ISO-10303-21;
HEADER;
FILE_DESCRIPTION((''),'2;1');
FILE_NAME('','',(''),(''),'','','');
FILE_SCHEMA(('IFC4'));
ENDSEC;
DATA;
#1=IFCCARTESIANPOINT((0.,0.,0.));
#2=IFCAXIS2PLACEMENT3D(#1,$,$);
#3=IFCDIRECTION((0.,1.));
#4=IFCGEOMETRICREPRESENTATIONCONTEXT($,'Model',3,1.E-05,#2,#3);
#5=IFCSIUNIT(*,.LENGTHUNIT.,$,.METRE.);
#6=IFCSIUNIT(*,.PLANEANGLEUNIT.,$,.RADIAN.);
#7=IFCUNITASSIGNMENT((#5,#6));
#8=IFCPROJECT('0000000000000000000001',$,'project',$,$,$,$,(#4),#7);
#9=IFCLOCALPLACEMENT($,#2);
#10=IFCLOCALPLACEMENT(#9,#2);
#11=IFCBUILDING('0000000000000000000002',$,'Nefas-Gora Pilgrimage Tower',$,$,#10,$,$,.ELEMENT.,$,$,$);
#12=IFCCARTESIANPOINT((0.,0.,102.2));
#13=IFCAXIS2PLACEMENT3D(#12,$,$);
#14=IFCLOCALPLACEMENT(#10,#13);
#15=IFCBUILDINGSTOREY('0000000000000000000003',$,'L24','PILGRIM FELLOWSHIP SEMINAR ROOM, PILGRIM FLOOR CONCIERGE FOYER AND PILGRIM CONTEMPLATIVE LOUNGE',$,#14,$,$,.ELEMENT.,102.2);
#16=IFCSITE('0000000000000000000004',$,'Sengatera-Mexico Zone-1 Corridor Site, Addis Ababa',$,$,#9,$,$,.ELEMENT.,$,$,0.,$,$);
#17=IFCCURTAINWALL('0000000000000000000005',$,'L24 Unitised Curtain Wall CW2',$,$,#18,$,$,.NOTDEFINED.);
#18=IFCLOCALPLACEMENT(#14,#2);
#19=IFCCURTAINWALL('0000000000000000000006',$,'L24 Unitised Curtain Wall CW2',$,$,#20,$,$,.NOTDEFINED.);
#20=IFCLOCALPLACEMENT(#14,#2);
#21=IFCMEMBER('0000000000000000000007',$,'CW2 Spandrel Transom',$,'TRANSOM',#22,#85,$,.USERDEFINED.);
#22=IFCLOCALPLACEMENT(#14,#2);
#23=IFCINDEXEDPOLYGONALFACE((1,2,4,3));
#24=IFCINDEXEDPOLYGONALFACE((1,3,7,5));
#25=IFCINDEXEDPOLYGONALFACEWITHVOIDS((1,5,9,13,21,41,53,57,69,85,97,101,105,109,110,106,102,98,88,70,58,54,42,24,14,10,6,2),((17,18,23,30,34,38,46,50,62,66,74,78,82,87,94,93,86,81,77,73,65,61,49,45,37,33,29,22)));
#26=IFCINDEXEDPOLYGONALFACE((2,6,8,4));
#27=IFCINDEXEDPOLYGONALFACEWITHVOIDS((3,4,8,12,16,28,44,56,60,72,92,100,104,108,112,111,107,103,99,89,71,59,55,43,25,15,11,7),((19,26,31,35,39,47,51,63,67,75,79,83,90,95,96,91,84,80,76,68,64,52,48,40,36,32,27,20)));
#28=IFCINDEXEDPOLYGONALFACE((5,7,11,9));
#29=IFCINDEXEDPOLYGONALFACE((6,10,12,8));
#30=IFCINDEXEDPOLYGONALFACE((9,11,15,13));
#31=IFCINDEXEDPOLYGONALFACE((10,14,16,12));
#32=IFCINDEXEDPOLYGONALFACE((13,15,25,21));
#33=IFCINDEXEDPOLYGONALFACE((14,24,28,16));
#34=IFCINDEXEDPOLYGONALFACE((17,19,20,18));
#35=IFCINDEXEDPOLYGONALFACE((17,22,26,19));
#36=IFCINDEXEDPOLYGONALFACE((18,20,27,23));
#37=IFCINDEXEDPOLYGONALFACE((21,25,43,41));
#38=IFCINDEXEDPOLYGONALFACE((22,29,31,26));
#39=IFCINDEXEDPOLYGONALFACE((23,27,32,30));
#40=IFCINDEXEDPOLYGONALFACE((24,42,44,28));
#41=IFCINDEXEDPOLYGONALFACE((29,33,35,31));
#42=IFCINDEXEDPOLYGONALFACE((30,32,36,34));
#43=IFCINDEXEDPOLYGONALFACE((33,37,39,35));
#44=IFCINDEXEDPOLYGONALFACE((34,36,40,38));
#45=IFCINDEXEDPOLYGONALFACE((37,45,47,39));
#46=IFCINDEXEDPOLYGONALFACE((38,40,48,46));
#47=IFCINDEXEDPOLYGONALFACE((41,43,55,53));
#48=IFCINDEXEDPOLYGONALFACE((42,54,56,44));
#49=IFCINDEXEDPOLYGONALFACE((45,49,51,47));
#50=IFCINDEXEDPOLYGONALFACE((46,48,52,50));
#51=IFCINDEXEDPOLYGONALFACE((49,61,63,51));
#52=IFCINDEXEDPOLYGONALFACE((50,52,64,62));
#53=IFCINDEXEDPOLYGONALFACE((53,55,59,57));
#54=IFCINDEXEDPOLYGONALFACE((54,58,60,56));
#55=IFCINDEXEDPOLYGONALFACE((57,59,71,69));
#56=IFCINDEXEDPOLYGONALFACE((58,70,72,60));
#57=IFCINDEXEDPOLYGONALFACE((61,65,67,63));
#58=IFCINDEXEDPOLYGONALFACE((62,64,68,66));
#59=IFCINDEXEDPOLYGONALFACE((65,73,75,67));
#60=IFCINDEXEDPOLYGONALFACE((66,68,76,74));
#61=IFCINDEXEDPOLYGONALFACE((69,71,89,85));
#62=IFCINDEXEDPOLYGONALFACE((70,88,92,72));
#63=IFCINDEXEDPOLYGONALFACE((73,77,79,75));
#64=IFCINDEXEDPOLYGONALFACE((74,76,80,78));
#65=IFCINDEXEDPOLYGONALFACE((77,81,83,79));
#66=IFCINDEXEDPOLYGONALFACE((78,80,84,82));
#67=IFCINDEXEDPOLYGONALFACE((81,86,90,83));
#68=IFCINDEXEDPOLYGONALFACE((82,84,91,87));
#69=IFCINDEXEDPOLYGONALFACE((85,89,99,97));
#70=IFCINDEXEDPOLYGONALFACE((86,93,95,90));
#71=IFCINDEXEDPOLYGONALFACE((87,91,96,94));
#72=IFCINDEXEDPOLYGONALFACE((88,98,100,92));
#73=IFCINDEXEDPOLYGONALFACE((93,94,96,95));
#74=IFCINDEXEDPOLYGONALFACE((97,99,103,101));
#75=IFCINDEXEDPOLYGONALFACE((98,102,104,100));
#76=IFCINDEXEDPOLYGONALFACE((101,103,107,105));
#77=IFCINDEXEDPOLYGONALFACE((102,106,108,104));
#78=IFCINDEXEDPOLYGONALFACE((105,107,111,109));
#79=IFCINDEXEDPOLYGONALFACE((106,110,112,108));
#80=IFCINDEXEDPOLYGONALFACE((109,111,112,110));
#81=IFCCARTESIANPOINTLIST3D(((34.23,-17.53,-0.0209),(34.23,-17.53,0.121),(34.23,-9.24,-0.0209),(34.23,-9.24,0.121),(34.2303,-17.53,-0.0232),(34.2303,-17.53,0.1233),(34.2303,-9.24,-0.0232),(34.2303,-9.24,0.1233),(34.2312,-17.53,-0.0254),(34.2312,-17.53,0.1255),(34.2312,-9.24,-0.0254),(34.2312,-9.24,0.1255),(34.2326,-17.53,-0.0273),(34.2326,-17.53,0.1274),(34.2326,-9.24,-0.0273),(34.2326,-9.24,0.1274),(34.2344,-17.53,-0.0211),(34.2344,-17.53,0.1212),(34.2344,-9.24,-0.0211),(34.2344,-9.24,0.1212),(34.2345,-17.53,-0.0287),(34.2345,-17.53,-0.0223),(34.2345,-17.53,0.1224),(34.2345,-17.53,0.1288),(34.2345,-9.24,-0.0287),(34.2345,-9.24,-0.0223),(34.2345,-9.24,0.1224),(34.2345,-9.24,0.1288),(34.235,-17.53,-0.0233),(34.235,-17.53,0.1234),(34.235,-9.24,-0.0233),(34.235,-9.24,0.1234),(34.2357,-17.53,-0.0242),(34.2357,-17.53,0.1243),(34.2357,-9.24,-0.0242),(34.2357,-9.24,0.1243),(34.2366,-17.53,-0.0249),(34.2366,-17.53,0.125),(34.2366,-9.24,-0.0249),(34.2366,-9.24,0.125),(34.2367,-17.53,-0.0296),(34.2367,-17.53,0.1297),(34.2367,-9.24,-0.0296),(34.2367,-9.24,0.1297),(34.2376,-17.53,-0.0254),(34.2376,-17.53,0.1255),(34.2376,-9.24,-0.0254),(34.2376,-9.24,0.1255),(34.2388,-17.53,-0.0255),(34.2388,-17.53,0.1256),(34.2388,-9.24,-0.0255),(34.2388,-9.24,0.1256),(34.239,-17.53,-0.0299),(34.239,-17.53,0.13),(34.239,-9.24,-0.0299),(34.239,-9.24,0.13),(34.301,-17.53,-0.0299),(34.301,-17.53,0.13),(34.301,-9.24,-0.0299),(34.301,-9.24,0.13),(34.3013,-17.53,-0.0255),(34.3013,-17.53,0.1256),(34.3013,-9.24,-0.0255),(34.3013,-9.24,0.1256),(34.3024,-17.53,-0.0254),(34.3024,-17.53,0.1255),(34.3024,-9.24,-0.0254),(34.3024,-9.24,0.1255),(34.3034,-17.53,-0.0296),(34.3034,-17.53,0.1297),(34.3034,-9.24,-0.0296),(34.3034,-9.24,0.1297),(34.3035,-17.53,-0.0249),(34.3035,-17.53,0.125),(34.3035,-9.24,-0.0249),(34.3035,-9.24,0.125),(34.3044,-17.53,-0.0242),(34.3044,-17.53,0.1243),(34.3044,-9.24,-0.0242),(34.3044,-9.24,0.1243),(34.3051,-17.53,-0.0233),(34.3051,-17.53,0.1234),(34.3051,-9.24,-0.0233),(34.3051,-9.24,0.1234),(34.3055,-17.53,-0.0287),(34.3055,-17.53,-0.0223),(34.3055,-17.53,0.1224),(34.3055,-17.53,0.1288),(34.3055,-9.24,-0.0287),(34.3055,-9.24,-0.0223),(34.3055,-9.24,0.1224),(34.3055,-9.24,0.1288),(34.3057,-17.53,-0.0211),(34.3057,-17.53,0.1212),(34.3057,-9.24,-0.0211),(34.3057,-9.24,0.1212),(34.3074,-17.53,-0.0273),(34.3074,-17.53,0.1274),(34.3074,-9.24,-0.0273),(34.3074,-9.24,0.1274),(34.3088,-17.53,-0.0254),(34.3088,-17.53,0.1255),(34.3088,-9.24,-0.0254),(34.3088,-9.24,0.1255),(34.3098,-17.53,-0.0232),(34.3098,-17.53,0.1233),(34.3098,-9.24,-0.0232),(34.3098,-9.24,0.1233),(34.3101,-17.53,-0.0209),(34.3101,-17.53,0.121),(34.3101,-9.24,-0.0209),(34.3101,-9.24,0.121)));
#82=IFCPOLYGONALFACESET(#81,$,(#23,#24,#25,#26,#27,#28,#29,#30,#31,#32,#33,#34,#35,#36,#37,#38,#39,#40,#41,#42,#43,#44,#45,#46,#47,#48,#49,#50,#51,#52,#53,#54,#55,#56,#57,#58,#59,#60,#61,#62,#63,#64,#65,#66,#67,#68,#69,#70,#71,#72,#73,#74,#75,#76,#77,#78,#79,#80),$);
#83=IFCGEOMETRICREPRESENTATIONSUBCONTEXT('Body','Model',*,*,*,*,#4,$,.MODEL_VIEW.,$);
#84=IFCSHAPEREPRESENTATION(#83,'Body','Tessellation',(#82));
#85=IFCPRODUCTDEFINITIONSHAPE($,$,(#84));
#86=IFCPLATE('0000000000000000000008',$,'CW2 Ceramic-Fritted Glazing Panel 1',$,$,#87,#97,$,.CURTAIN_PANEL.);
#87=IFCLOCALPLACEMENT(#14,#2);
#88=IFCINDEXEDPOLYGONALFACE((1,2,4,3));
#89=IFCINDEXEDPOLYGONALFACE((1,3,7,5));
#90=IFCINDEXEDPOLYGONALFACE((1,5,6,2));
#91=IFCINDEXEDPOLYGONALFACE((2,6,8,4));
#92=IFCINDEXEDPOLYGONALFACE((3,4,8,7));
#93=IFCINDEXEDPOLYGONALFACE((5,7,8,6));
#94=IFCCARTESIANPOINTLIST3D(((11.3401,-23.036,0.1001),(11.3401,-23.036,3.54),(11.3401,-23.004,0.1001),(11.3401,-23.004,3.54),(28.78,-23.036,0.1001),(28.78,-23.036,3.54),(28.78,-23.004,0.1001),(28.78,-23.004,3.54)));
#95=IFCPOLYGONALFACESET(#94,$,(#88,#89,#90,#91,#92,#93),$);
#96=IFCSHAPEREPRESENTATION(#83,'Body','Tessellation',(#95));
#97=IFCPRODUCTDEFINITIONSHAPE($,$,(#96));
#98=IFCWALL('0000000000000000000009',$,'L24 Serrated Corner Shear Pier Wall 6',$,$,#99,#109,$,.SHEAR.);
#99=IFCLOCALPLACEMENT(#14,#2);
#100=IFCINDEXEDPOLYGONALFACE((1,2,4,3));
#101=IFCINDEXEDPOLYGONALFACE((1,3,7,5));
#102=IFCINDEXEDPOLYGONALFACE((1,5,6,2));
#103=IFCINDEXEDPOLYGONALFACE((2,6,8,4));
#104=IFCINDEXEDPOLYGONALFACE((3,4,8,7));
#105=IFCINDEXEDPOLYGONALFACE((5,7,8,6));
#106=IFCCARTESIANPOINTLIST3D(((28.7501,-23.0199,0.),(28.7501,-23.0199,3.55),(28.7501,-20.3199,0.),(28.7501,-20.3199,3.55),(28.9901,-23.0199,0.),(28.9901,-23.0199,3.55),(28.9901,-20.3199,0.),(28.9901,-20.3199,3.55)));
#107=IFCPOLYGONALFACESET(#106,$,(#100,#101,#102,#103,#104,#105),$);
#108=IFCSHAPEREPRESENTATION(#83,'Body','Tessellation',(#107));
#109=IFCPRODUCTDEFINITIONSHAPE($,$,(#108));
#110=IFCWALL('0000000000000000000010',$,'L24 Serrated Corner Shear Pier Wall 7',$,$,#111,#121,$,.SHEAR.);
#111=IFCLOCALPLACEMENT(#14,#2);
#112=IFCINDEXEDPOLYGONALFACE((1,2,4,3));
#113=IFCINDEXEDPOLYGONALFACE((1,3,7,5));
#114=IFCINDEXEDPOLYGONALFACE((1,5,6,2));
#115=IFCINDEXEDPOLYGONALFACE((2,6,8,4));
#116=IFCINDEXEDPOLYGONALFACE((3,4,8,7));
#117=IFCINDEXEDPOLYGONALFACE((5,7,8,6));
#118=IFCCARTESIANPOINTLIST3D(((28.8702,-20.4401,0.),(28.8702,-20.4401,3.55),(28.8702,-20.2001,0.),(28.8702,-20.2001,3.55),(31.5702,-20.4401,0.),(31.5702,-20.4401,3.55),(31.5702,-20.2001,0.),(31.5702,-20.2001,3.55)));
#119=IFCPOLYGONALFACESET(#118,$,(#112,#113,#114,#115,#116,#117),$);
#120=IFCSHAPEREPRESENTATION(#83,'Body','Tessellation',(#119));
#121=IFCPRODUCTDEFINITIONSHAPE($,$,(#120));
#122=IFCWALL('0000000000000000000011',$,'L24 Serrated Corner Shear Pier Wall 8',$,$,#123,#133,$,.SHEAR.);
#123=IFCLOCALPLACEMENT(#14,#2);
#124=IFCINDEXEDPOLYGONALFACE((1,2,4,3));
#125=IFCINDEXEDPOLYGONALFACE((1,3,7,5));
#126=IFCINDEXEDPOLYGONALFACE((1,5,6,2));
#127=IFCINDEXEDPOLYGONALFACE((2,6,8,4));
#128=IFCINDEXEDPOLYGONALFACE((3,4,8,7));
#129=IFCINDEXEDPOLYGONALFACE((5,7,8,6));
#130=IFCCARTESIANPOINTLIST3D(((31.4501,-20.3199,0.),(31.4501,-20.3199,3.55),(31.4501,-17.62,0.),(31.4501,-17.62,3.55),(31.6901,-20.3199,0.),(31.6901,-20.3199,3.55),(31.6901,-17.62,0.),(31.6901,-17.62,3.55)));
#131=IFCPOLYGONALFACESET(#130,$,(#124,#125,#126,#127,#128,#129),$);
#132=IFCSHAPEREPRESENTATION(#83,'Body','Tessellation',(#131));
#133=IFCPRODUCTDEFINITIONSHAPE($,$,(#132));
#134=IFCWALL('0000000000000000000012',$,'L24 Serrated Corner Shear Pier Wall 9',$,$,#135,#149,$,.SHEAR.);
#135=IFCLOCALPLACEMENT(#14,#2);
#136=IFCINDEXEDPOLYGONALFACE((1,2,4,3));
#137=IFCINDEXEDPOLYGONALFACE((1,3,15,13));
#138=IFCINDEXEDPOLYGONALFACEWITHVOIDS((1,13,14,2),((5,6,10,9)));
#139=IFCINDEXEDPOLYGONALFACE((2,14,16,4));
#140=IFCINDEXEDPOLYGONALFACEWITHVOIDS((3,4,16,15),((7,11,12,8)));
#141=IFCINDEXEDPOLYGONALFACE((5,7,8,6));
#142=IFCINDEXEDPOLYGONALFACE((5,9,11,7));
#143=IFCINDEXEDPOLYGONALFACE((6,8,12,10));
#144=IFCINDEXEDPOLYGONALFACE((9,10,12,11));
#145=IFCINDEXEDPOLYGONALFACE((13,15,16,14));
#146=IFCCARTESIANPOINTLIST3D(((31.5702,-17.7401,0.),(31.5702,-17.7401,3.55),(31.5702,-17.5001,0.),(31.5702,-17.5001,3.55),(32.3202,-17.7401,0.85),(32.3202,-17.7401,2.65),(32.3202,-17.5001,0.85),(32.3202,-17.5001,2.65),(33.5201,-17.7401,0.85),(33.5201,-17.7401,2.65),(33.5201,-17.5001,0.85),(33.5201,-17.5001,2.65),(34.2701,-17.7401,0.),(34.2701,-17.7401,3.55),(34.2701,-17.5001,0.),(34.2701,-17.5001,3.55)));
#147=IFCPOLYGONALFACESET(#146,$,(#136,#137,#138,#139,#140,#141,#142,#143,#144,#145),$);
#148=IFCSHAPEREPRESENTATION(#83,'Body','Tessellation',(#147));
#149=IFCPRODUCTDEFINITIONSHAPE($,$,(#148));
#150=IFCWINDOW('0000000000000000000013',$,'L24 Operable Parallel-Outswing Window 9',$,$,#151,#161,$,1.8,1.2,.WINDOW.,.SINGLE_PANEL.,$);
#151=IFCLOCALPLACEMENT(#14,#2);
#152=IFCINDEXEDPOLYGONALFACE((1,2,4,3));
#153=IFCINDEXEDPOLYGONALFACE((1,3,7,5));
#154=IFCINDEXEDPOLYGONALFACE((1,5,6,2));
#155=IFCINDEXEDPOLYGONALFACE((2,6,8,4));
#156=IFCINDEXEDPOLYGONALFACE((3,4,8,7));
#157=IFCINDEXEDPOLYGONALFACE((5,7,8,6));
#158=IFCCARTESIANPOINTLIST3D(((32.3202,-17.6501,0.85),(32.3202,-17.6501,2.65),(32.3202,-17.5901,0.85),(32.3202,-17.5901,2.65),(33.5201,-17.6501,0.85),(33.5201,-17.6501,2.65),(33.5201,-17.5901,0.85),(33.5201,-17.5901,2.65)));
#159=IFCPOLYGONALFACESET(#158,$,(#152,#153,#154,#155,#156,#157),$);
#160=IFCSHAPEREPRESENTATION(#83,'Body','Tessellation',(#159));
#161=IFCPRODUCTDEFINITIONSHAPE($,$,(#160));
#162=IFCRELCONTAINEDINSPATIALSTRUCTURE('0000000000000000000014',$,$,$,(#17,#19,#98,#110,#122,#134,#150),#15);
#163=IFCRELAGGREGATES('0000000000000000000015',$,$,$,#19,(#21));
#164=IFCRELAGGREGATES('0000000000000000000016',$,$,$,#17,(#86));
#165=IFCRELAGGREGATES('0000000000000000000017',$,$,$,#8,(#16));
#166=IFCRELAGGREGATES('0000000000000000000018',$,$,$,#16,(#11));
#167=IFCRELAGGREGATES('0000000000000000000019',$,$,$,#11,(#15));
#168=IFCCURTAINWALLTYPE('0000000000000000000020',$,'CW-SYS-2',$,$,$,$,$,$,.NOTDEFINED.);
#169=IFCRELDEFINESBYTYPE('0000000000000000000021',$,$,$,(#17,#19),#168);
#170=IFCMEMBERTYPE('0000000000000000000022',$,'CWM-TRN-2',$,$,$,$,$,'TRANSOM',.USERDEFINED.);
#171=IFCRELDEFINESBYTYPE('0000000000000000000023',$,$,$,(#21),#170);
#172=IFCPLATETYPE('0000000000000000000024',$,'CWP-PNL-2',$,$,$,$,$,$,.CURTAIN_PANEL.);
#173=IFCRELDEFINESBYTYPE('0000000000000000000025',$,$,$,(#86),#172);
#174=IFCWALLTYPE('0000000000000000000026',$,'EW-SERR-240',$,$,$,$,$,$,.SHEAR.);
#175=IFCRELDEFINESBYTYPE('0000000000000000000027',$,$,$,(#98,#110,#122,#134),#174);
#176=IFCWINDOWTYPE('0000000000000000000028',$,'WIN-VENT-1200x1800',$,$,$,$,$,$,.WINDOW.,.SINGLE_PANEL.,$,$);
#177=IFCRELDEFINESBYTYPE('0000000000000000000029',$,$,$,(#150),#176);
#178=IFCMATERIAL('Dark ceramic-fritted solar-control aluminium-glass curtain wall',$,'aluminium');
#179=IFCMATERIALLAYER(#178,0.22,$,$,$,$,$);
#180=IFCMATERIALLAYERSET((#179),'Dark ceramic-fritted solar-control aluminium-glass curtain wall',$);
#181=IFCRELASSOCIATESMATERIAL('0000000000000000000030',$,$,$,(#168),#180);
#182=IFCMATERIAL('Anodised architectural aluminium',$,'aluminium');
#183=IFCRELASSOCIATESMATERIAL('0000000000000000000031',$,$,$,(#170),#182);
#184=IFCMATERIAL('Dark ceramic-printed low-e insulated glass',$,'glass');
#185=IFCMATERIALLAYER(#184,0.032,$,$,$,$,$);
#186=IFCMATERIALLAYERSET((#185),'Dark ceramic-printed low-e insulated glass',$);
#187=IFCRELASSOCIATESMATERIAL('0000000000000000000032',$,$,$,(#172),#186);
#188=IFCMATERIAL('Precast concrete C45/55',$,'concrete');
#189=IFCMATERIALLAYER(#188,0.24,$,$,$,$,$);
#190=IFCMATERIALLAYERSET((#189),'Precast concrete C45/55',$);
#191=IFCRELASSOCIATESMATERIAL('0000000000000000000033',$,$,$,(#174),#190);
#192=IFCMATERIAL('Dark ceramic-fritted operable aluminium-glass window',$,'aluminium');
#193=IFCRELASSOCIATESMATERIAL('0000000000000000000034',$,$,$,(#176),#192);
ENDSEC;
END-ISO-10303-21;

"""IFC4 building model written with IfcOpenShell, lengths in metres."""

from ifc_helpers import new_model, si_unit, direction, frame, frame_2d, origin, origin_2d, place, context, subcontext, project, spatial, rectangle, hollow_rectangle, extrude, source, transform, mapped, material, layer, layer_set, material_profile, profile_set, type_object, element, fill, aggregate, save


model = new_model("IFC4")

# Units and contexts
model_context = context("Model", 3, precision=1e-05, world=origin(), true_north=direction((0.0, 1.0)))
body_context = subcontext(model_context, "Body", "Model", "MODEL_VIEW")
ifc_project = project(units=[si_unit("LENGTHUNIT", "METRE"), si_unit("PLANEANGLEUNIT", "RADIAN")], contexts=[model_context])

# Site, building, storey
site_placement = place(None, origin())
site = spatial("IfcSite", under=ifc_project, at=site_placement, Name="Sengatera-Mexico Zone-1 Corridor Site, Addis Ababa", CompositionType="ELEMENT", RefElevation=0.0)
building_placement = place(site_placement, origin())
building = spatial("IfcBuilding", under=site, at=building_placement, Name="Nefas-Gora Pilgrimage Tower", CompositionType="ELEMENT")
storey_placement = place(building_placement, frame((0.0, 0.0, 102.2)))
storey = spatial("IfcBuildingStorey", under=building, at=storey_placement, Name="L24", Description="PILGRIM FELLOWSHIP SEMINAR ROOM, PILGRIM FLOOR CONCIERGE FOYER AND PILGRIM CONTEMPLATIVE LOUNGE", CompositionType="ELEMENT", Elevation=102.2)

# Curtain wall
ifc_material_1 = material(Name="Dark ceramic-fritted solar-control aluminium-glass curtain wall", Category="aluminium")
ifc_layer_1 = layer(ifc_material_1, 0.22)
ifc_layer_set_1 = layer_set([ifc_layer_1], Name="Dark ceramic-fritted solar-control aluminium-glass curtain wall")
curtain_wall_type = type_object("IfcCurtainWallType", Name="CW-SYS-2", PredefinedType="NOTDEFINED", material=ifc_layer_set_1)
curtain_wall_1_placement = place(storey_placement, origin())
curtain_wall_1 = element("IfcCurtainWall", 1, at=curtain_wall_1_placement, inside=storey, type_object=curtain_wall_type, Name="L24 Unitised Curtain Wall CW2", PredefinedType="NOTDEFINED")
ifc_material_2 = material(Name="Anodised architectural aluminium", Category="aluminium")

# Curtain wall, member
curtain_wall_2_placement = place(storey_placement, origin())
curtain_wall_2 = element("IfcCurtainWall", 2, at=curtain_wall_2_placement, inside=storey, type_object=curtain_wall_type, Name="L24 Unitised Curtain Wall CW2", PredefinedType="NOTDEFINED")
ifc_material_profile_1 = material_profile(ifc_material_2, hollow_rectangle(XDim=0.0801, YDim=0.1599, WallThickness=0.0044, InnerFilletRadius=0.0044, OuterFilletRadius=0.009, at=origin_2d()), Name="ALU TRANSOM 80x160")
ifc_profile_set_1 = profile_set([ifc_material_profile_1], Name="Anodised architectural aluminium")
member_type_1 = type_object("IfcMemberType", Name="CWM-TRN-2", ElementType="TRANSOM", PredefinedType="USERDEFINED", material=ifc_profile_set_1)
shared_shape_1 = source(origin(), body_context, "Body", "SweptSolid", [
    extrude(hollow_rectangle(XDim=0.0801, YDim=0.1599, WallThickness=0.0044, InnerFilletRadius=0.0044, OuterFilletRadius=0.009, at=origin_2d()), origin(), (0.0, 0.0, 1.0), 8.29),
])
member_1_placement = place(storey_placement, frame((34.27, -17.53, 0.05), z_axis=(0.0, 1.0, 0.0), x_axis=(-1.0, 0.0, 0.0)))
member_1 = element("IfcMember", 3, at=member_1_placement, type_object=member_type_1, Name="CW2 Spandrel Transom", ObjectType="TRANSOM", PredefinedType="USERDEFINED", context=body_context, shape_type="MappedRepresentation", body=[
    mapped(shared_shape_1, transform((0.0, 0.0, 0.0), x_axis=(1.0, 0.0, 0.0), y_axis=(0.0, 1.0, 0.0), z_axis=(0.0, 0.0, 1.0), scale=1.0)),
])
aggregate(curtain_wall_2, [member_1])

# Plate
ifc_material_3 = material(Name="Dark ceramic-printed low-e insulated glass", Category="glass")
ifc_layer_2 = layer(ifc_material_3, 0.032)
ifc_layer_set_2 = layer_set([ifc_layer_2], Name="Dark ceramic-printed low-e insulated glass")
plate_type = type_object("IfcPlateType", Name="CWP-PNL-2", PredefinedType="CURTAIN_PANEL", material=ifc_layer_set_2)
shared_shape_2 = source(origin(), body_context, "Body", "SweptSolid", [
    extrude(rectangle(XDim=17.4399, YDim=0.032, at=origin_2d()), origin(), (0.0, 0.0, 1.0), 3.4399),
])
plate_placement = place(storey_placement, frame((20.0601, -23.02, 0.1001), z_axis=(0.0, 0.0, 1.0), x_axis=(1.0, 0.0, 0.0)))
plate = element("IfcPlate", 4, at=plate_placement, type_object=plate_type, Name="CW2 Ceramic-Fritted Glazing Panel 1", PredefinedType="CURTAIN_PANEL", context=body_context, shape_type="MappedRepresentation", body=[
    mapped(shared_shape_2, transform((0.0, 0.0, 0.0), x_axis=(1.0, 0.0, 0.0), y_axis=(0.0, 1.0, 0.0), z_axis=(0.0, 0.0, 1.0), scale=1.0)),
])
aggregate(curtain_wall_1, [plate])

# Walls
ifc_material_4 = material(Name="Precast concrete C45/55", Category="concrete")
ifc_layer_3 = layer(ifc_material_4, 0.24)
ifc_layer_set_3 = layer_set([ifc_layer_3], Name="Precast concrete C45/55")
wall_type = type_object("IfcWallType", Name="EW-SERR-240", PredefinedType="SHEAR", material=ifc_layer_set_3)
shared_shape_3 = source(origin(), body_context, "Body", "SweptSolid", [
    extrude(rectangle(XDim=2.7, YDim=0.24, at=frame_2d((1.3501, 0.0))), origin(), (0.0, 0.0, 1.0), 3.55),
])
for number, where, z_axis, x_axis, name in (
    (5, (28.8701, -23.02, 0.0), (0.0, 0.0, 1.0), (0.0, 1.0, 0.0), "L24 Serrated Corner Shear Pier Wall 6"),
    (6, (28.8701, -20.3201, 0.0), (0.0, 0.0, 1.0), (1.0, 0.0, 0.0), "L24 Serrated Corner Shear Pier Wall 7"),
    (7, (31.5701, -20.3201, 0.0), (0.0, 0.0, 1.0), (0.0, 1.0, 0.0), "L24 Serrated Corner Shear Pier Wall 8"),
):
    element("IfcWall", number, at=place(storey_placement, frame(where, z_axis=z_axis, x_axis=x_axis)), inside=storey, type_object=wall_type, Name=name, PredefinedType="SHEAR", context=body_context, shape_type="MappedRepresentation", body=[
        mapped(shared_shape_3, transform((0.0, 0.0, 0.0), x_axis=(1.0, 0.0, 0.0), y_axis=(0.0, 1.0, 0.0), z_axis=(0.0, 0.0, 1.0), scale=1.0)),
    ])

# Wall, opening, window
wall_placement = place(storey_placement, frame((31.5701, -17.6201, 0.0), z_axis=(0.0, 0.0, 1.0), x_axis=(1.0, 0.0, 0.0)))
wall = element("IfcWall", 8, at=wall_placement, inside=storey, type_object=wall_type, Name="L24 Serrated Corner Shear Pier Wall 9", PredefinedType="SHEAR", context=body_context, shape_type="MappedRepresentation", body=[
    mapped(shared_shape_3, transform((0.0, 0.0, 0.0), x_axis=(1.0, 0.0, 0.0), y_axis=(0.0, 1.0, 0.0), z_axis=(0.0, 0.0, 1.0), scale=1.0)),
])
opening_placement = place(wall_placement, frame((0.75, 0.0, 0.8501)))
opening = element("IfcOpeningElement", 9, at=opening_placement, cuts=wall, PredefinedType="OPENING", context=body_context, shape_type="SweptSolid", body=[
    extrude(rectangle(XDim=1.2, YDim=1.8, at=frame_2d((0.6001, 0.8999))), frame((0.0, 0.1299, 0.0), z_axis=(0.0, -1.0, 0.0), x_axis=(1.0, 0.0, 0.0)), (0.0, 0.0, 1.0), 0.26),
])
ifc_material_5 = material(Name="Dark ceramic-fritted operable aluminium-glass window", Category="aluminium")
window_type = type_object("IfcWindowType", Name="WIN-VENT-1200x1800", PartitioningType="SINGLE_PANEL", PredefinedType="WINDOW", material=ifc_material_5)
shared_shape_4 = source(origin(), body_context, "Body", "SweptSolid", [
    extrude(rectangle(XDim=1.2, YDim=1.8, at=frame_2d((0.6001, 0.8999))), frame((0.0, 0.03, 0.0), z_axis=(0.0, -1.0, 0.0), x_axis=(1.0, 0.0, 0.0)), (0.0, 0.0, 1.0), 0.0601),
])
window_placement = place(opening_placement, origin())
window = element("IfcWindow", 10, at=window_placement, inside=storey, type_object=window_type, Name="L24 Operable Parallel-Outswing Window 9", OverallHeight=1.8, OverallWidth=1.2, PartitioningType="SINGLE_PANEL", PredefinedType="WINDOW", context=body_context, shape_type="MappedRepresentation", body=[
    mapped(shared_shape_4, transform((0.0, 0.0, 0.0), x_axis=(1.0, 0.0, 0.0), y_axis=(0.0, 1.0, 0.0), z_axis=(0.0, 0.0, 1.0), scale=1.0)),
])
fill(opening, window)

save(model, "model.ifc")
